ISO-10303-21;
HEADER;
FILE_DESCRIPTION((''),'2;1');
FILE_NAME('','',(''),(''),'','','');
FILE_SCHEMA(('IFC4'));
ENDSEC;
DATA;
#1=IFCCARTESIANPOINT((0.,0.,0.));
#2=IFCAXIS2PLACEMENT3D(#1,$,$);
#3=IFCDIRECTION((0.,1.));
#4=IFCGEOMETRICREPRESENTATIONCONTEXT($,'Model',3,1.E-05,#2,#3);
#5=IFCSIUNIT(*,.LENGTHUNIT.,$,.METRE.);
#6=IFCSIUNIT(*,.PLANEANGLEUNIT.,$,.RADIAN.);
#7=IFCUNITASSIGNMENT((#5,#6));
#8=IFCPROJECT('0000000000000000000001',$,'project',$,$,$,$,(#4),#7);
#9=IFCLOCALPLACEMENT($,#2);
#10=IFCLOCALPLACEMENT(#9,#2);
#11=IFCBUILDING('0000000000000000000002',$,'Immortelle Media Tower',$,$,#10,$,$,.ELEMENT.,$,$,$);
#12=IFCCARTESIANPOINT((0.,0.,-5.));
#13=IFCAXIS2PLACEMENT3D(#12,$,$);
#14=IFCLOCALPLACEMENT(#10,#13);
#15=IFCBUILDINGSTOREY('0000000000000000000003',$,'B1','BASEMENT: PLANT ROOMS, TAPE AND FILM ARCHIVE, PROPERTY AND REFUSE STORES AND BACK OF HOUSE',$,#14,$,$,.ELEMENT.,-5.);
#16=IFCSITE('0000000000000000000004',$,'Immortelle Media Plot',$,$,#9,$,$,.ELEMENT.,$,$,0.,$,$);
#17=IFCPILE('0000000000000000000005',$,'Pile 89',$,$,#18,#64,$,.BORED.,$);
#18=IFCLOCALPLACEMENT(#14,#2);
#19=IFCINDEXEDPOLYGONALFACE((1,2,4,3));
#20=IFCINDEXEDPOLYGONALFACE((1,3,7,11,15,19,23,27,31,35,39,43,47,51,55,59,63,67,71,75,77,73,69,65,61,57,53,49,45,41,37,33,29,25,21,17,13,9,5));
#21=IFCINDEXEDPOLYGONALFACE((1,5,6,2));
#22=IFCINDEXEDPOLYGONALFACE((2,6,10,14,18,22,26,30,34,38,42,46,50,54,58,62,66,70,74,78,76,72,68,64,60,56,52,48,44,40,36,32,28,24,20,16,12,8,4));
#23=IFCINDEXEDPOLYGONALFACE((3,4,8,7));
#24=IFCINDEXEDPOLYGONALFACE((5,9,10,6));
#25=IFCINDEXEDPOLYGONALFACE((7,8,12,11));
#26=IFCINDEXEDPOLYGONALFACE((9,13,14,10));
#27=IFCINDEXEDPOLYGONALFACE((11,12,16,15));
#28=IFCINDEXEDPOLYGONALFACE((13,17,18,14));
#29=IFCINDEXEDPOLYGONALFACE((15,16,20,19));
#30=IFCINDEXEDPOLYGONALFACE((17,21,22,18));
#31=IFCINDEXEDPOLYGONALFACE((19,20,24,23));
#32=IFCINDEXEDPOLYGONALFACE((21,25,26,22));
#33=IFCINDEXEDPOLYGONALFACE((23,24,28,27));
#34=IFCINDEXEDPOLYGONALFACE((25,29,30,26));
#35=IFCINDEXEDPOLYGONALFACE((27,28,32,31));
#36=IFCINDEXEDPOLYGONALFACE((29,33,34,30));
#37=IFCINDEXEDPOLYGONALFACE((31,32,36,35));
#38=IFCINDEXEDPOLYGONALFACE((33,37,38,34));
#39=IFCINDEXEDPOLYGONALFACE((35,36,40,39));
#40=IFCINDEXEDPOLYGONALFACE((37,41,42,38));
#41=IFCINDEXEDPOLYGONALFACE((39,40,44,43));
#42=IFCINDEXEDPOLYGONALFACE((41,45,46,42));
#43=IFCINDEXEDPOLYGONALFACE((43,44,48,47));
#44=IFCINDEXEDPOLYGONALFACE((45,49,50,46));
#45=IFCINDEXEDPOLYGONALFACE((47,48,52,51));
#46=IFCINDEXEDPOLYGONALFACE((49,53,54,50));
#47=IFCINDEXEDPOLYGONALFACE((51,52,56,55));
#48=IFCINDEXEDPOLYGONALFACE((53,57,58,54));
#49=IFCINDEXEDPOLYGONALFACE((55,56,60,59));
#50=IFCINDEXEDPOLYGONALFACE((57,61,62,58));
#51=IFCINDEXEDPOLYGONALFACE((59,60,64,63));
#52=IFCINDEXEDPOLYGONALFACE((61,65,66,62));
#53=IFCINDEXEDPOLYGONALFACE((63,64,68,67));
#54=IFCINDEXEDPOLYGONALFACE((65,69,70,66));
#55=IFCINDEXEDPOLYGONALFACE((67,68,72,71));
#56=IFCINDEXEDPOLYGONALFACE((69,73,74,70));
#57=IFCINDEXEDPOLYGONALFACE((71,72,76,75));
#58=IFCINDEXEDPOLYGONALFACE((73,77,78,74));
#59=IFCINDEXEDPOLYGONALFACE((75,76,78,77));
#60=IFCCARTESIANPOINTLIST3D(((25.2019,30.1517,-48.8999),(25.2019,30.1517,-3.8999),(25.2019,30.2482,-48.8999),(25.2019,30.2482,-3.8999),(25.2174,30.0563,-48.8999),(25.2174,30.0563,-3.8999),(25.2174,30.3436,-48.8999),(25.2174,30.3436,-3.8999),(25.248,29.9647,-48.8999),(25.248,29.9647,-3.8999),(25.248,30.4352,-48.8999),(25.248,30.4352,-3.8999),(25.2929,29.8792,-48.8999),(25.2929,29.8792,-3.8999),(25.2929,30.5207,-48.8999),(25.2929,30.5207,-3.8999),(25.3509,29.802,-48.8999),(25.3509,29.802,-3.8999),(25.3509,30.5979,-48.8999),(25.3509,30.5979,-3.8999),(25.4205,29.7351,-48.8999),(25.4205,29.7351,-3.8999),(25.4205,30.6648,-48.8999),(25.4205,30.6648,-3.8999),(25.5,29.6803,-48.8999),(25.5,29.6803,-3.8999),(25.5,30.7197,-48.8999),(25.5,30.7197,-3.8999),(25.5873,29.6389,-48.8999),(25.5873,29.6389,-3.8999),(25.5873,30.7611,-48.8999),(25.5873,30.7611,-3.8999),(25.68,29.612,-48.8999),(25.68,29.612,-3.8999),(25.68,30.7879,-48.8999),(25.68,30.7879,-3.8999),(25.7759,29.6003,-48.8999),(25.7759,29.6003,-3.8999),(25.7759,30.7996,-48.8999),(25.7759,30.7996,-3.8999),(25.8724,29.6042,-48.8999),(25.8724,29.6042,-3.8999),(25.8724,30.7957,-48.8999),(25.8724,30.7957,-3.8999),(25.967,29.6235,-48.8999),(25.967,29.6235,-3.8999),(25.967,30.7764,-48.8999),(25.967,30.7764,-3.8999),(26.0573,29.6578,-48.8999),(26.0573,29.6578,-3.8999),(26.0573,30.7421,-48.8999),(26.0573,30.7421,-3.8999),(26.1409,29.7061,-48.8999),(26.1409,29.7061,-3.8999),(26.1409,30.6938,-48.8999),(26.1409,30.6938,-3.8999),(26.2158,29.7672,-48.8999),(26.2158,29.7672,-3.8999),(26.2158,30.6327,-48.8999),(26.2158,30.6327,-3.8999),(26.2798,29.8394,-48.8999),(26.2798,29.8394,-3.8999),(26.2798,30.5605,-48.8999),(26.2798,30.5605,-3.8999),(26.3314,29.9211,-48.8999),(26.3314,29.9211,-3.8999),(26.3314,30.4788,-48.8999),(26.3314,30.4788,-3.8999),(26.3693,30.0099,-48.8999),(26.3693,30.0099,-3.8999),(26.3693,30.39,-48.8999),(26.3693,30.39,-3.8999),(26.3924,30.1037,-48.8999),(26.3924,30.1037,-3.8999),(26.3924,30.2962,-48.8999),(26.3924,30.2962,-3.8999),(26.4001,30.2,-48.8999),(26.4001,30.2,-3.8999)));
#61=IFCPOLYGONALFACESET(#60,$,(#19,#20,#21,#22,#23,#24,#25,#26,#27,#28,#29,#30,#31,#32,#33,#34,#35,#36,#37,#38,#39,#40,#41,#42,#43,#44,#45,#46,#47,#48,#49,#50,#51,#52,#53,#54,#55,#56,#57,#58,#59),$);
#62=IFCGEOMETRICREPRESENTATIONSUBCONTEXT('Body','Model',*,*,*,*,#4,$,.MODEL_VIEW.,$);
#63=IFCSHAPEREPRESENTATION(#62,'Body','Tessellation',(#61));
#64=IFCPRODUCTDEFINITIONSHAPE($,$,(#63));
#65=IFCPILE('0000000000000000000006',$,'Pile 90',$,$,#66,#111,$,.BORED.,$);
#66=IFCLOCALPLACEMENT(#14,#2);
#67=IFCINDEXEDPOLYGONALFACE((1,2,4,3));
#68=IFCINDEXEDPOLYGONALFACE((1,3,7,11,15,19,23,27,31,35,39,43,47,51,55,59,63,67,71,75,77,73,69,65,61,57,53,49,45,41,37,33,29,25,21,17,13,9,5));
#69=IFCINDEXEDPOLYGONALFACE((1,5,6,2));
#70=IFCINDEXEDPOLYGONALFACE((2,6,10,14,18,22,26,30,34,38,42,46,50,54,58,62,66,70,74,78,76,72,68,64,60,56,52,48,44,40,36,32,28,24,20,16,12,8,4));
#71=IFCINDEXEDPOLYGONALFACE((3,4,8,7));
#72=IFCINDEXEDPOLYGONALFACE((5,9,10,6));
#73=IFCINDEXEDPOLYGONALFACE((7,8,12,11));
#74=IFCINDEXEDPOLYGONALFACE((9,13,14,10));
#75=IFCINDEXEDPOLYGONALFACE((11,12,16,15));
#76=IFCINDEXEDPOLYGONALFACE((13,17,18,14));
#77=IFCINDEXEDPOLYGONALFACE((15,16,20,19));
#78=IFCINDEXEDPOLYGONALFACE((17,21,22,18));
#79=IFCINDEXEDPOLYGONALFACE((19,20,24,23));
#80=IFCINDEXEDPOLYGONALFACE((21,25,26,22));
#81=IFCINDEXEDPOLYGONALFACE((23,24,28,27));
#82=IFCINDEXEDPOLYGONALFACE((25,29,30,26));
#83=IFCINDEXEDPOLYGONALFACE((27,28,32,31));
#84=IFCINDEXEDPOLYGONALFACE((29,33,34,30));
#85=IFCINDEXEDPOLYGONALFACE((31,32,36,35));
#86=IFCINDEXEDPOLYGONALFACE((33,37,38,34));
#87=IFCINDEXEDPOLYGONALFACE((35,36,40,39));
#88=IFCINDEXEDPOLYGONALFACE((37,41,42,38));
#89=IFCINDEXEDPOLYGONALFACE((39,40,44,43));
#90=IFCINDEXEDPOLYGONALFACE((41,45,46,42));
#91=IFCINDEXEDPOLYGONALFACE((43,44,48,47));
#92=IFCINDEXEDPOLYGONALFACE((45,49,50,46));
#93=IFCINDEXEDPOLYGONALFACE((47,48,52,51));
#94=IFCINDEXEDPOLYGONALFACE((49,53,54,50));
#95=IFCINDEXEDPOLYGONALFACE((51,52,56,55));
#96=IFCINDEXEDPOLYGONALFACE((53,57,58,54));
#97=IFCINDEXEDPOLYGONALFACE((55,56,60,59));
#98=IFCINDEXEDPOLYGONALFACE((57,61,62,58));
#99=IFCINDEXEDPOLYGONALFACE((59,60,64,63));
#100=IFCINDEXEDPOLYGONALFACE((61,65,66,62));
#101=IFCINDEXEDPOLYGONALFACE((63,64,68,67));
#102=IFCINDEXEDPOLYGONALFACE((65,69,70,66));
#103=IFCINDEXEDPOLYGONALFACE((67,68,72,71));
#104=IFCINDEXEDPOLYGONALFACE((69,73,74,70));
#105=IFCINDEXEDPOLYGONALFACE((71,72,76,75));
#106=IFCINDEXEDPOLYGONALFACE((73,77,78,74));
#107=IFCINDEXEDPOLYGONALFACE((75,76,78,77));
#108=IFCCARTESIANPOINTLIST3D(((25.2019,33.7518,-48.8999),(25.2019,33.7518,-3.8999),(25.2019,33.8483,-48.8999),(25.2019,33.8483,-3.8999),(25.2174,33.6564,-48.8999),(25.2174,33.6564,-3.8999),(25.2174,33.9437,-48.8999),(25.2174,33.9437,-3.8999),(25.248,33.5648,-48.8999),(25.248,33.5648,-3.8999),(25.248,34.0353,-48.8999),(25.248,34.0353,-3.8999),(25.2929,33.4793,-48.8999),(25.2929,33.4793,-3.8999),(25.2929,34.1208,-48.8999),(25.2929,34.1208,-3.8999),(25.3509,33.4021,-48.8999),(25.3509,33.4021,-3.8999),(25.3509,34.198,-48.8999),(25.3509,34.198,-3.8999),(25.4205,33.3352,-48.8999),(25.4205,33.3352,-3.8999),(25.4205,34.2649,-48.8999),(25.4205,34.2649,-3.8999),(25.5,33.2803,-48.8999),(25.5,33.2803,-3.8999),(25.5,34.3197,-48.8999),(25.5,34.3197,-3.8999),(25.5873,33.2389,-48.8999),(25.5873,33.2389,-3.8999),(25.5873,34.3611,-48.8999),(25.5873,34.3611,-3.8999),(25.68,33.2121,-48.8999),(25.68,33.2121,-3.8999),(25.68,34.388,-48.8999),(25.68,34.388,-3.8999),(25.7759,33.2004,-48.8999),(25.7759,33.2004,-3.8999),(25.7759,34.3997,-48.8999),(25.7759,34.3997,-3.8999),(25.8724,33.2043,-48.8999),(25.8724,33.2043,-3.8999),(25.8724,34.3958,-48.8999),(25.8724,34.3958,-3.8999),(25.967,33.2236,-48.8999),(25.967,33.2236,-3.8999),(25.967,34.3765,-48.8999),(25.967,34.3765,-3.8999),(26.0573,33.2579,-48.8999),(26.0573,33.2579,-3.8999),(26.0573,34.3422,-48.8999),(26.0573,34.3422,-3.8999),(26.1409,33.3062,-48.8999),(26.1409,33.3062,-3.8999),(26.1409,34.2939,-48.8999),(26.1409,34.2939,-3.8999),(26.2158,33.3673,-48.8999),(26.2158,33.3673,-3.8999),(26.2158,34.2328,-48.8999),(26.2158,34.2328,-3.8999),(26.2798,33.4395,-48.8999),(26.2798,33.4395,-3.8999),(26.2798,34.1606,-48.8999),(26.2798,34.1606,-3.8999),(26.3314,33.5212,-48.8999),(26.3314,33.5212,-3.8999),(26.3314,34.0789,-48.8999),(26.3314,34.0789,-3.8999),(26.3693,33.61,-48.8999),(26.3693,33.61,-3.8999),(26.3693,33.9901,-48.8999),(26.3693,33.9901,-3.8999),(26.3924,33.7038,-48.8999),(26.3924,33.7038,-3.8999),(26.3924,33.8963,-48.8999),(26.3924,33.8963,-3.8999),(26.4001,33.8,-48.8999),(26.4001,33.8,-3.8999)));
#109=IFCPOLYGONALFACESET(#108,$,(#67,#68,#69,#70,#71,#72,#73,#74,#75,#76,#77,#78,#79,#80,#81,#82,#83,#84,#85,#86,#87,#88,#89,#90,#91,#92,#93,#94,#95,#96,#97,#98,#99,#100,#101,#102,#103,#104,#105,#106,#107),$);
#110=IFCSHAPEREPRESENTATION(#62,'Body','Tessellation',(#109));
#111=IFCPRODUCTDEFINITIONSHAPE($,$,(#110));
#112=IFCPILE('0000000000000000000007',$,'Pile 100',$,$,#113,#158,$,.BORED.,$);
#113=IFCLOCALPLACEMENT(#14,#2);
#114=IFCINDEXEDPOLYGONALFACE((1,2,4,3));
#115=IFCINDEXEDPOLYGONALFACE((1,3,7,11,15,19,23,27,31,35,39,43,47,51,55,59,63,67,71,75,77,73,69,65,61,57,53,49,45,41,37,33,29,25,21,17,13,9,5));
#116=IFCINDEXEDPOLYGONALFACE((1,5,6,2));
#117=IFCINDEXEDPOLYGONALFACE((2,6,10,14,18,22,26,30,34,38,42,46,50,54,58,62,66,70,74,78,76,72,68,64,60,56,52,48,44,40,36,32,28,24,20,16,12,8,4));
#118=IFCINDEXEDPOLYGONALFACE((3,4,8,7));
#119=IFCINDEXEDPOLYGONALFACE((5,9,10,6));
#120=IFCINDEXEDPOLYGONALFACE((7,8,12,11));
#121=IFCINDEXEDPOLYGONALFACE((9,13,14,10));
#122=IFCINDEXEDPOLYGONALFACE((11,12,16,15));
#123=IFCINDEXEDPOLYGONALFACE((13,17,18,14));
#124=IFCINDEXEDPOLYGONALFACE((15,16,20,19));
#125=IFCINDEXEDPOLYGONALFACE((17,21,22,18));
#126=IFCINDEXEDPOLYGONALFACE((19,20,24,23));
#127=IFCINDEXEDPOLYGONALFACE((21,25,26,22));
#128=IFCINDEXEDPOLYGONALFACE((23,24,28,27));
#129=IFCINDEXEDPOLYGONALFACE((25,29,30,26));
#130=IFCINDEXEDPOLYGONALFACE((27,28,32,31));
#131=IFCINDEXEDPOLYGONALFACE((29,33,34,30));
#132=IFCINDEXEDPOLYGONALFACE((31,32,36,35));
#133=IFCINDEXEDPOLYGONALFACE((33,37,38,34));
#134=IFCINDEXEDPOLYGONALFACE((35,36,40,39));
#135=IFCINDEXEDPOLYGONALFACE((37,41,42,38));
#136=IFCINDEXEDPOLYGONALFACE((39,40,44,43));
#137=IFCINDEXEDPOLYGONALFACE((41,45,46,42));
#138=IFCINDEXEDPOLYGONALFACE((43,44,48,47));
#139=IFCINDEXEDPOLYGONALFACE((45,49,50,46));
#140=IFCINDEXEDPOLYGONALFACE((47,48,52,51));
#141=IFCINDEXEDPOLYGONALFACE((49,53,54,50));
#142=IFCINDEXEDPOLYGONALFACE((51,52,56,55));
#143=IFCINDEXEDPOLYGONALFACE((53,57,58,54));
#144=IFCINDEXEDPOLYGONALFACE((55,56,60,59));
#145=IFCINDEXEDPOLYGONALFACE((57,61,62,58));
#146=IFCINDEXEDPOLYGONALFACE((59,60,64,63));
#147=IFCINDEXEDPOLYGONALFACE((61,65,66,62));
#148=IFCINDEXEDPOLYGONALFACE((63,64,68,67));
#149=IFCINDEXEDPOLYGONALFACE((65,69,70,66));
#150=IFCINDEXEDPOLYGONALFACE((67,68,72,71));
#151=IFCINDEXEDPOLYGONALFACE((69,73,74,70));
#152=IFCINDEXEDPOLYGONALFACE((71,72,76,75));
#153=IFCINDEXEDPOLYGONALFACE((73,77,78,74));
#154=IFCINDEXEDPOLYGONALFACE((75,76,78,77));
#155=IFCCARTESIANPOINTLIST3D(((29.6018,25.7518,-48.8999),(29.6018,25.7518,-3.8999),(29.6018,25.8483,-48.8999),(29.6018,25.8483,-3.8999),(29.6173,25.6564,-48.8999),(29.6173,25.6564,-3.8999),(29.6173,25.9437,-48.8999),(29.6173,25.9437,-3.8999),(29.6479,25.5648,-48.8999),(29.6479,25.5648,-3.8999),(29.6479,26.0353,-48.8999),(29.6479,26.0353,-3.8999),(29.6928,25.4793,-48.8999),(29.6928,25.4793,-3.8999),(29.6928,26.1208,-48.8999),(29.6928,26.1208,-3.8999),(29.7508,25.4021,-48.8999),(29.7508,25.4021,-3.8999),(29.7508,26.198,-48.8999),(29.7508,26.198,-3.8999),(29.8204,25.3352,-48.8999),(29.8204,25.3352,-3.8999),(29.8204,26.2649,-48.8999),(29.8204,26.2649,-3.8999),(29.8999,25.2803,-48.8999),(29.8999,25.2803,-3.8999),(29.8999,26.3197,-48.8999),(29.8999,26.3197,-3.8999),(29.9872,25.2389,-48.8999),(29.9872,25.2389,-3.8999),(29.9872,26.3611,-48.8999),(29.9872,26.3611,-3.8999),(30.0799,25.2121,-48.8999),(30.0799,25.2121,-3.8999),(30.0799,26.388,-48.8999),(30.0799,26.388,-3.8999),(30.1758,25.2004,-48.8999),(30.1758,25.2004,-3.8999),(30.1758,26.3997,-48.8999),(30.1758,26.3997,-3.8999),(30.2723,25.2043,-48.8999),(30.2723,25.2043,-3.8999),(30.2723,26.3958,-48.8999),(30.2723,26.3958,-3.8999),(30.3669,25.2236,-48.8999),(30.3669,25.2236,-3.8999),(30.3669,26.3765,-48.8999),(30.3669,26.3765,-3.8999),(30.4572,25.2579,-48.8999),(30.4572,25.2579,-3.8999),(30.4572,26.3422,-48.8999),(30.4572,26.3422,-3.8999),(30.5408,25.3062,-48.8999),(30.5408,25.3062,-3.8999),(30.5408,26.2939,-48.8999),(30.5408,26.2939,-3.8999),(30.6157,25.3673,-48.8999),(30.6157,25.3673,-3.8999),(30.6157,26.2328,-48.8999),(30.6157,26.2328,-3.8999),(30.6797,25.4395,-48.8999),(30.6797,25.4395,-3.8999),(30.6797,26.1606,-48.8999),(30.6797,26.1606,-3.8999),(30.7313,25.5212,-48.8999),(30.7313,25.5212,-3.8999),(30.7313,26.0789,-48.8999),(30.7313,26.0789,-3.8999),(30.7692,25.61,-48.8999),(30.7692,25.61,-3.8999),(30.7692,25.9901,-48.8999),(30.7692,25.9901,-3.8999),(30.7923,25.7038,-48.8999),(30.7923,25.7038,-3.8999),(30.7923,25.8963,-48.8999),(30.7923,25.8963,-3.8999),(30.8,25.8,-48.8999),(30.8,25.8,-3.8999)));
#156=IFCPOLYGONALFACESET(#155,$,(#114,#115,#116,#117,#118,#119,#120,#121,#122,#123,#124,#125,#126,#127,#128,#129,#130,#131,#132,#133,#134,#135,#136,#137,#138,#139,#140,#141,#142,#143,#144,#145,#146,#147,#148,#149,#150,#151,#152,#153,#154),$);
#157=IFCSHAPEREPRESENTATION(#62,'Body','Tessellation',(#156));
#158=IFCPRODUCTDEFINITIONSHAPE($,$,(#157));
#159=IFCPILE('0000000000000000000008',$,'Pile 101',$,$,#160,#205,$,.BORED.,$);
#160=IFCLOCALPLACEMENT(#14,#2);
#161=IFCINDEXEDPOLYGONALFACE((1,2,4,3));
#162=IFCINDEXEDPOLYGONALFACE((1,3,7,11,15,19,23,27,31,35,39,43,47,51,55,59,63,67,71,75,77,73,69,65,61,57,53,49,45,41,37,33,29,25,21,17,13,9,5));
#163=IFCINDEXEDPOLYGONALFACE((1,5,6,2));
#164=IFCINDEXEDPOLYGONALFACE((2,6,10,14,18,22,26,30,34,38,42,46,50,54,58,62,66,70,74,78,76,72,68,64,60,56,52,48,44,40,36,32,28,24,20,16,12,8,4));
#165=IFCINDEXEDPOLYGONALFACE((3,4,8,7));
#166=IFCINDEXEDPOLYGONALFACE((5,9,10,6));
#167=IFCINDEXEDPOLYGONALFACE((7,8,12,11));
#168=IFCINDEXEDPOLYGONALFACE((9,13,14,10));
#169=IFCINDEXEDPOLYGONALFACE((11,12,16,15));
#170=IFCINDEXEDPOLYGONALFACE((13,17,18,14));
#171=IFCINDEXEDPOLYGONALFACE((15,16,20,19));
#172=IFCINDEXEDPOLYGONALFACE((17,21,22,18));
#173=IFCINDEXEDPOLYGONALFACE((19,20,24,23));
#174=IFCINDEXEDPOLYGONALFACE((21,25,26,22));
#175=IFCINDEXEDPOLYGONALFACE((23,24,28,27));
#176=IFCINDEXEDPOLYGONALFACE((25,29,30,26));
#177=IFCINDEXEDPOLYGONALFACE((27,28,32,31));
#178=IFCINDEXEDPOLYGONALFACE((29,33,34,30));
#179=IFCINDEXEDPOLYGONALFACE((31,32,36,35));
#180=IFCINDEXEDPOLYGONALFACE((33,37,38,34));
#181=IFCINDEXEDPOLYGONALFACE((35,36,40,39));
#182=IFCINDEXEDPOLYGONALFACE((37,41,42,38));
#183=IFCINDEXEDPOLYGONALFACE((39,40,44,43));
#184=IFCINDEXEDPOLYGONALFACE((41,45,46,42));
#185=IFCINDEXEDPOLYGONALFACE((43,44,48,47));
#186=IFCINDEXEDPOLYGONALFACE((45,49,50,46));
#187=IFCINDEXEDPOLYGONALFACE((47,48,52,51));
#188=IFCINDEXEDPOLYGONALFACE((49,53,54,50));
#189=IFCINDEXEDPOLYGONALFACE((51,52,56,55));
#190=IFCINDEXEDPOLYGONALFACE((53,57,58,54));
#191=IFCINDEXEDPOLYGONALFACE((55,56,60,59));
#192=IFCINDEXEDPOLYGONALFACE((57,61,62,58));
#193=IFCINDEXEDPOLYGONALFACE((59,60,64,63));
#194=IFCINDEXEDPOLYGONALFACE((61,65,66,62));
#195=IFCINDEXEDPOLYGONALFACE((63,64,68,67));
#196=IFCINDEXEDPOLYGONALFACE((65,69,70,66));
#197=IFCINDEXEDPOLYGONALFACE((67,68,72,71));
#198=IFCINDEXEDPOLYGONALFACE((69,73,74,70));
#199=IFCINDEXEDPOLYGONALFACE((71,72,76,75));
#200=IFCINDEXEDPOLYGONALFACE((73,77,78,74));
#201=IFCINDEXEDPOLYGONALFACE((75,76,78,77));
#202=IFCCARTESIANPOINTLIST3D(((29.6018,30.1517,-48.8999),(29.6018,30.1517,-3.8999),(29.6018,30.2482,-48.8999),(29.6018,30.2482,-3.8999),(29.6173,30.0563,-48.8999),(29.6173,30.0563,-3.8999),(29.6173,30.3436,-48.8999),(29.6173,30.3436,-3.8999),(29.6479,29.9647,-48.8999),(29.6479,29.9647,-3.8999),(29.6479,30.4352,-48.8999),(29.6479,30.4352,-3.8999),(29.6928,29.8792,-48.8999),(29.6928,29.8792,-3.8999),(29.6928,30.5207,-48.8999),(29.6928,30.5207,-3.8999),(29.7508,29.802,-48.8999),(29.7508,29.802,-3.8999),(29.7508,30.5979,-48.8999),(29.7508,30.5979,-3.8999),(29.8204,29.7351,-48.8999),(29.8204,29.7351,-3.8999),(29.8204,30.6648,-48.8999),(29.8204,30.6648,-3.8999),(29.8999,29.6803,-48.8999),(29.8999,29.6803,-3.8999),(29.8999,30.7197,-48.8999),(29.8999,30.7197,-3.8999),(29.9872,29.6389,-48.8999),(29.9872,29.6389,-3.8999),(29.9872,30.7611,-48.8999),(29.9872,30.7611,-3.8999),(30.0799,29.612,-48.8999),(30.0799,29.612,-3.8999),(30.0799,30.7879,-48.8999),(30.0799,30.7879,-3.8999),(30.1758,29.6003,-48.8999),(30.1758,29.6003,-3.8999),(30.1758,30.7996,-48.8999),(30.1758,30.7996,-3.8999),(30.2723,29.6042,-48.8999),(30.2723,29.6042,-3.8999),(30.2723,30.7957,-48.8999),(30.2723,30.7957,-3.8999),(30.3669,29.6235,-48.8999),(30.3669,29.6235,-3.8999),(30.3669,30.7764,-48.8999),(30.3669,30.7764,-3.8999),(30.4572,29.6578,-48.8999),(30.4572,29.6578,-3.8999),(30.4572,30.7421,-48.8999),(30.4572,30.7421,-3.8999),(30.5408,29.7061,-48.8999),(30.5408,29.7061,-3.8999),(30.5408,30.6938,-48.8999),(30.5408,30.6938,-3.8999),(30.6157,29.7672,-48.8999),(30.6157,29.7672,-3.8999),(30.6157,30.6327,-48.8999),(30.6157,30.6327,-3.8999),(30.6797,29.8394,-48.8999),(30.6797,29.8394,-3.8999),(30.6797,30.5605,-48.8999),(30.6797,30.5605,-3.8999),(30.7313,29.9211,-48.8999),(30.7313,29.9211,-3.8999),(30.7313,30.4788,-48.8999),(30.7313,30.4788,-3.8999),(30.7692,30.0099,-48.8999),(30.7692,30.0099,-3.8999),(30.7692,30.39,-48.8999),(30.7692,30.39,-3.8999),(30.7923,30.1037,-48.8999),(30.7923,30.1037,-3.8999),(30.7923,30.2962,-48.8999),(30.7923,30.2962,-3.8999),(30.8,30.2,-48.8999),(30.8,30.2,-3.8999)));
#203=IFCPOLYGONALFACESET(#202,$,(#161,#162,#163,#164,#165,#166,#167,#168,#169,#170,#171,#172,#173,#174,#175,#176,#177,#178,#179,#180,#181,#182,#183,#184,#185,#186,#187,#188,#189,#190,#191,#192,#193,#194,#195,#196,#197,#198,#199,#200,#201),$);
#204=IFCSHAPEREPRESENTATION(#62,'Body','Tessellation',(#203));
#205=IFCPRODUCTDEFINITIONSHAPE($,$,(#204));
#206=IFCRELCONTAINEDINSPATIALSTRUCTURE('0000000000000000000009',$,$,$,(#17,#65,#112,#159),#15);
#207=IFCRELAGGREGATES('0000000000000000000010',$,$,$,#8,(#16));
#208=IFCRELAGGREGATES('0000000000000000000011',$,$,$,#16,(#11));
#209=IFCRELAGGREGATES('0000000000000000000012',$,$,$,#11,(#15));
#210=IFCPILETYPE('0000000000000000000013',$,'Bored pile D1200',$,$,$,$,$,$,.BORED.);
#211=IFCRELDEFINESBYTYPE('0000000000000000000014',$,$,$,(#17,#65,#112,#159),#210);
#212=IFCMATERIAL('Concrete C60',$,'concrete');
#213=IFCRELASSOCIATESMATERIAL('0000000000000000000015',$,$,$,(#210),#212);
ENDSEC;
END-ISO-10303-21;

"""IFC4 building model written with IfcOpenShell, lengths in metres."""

from ifc_helpers import new_model, si_unit, direction, frame, origin, origin_2d, place, context, subcontext, project, spatial, circle, extrude, material, material_profile, profile_set, type_object, element, save


model = new_model("IFC4")

# Units and contexts
model_context = context("Model", 3, precision=1e-05, world=origin(), true_north=direction((0.0, 1.0)))
body_context = subcontext(model_context, "Body", "Model", "MODEL_VIEW")
ifc_project = project(units=[si_unit("LENGTHUNIT", "METRE"), si_unit("PLANEANGLEUNIT", "RADIAN")], contexts=[model_context])

# Site, building, storey
site_placement = place(None, origin())
site = spatial("IfcSite", under=ifc_project, at=site_placement, Name="Immortelle Media Plot", CompositionType="ELEMENT", RefElevation=0.0)
building_placement = place(site_placement, origin())
building = spatial("IfcBuilding", under=site, at=building_placement, Name="Immortelle Media Tower", CompositionType="ELEMENT")
storey_placement = place(building_placement, frame((0.0, 0.0, -5.0)))
storey = spatial("IfcBuildingStorey", under=building, at=storey_placement, Name="B1", Description="BASEMENT: PLANT ROOMS, TAPE AND FILM ARCHIVE, PROPERTY AND REFUSE STORES AND BACK OF HOUSE", CompositionType="ELEMENT", Elevation=-5.0)

# Piles
ifc_material_1 = material(Name="Concrete C60", Category="concrete")
ifc_material_profile_1 = material_profile(ifc_material_1, circle(Radius=0.6001, at=origin_2d()), Name="Bored pile D1200")
ifc_profile_set_1 = profile_set([ifc_material_profile_1], Name="Concrete C60")
pile_type = type_object("IfcPileType", Name="Bored pile D1200", PredefinedType="BORED", material=ifc_profile_set_1)
for number, where, z_axis, x_axis, name in (
    (1, (25.8, 30.2, -3.8999), (0.0, 0.0, -1.0), (1.0, 0.0, 0.0), "Pile 89"),
    (2, (25.8, 33.8, -3.8999), (0.0, 0.0, -1.0), (1.0, 0.0, 0.0), "Pile 90"),
    (3, (30.2, 25.8, -3.8999), (0.0, 0.0, -1.0), (1.0, 0.0, 0.0), "Pile 100"),
    (4, (30.2, 30.2, -3.8999), (0.0, 0.0, -1.0), (1.0, 0.0, 0.0), "Pile 101"),
):
    element("IfcPile", number, at=place(storey_placement, frame(where, z_axis=z_axis, x_axis=x_axis)), inside=storey, type_object=pile_type, Name=name, PredefinedType="BORED", context=body_context, shape_type="SweptSolid", body=[
        extrude(circle(Radius=0.6001, at=origin_2d()), origin(), (0.0, 0.0, 1.0), 45.0),
    ])

save(model, "model.ifc")
